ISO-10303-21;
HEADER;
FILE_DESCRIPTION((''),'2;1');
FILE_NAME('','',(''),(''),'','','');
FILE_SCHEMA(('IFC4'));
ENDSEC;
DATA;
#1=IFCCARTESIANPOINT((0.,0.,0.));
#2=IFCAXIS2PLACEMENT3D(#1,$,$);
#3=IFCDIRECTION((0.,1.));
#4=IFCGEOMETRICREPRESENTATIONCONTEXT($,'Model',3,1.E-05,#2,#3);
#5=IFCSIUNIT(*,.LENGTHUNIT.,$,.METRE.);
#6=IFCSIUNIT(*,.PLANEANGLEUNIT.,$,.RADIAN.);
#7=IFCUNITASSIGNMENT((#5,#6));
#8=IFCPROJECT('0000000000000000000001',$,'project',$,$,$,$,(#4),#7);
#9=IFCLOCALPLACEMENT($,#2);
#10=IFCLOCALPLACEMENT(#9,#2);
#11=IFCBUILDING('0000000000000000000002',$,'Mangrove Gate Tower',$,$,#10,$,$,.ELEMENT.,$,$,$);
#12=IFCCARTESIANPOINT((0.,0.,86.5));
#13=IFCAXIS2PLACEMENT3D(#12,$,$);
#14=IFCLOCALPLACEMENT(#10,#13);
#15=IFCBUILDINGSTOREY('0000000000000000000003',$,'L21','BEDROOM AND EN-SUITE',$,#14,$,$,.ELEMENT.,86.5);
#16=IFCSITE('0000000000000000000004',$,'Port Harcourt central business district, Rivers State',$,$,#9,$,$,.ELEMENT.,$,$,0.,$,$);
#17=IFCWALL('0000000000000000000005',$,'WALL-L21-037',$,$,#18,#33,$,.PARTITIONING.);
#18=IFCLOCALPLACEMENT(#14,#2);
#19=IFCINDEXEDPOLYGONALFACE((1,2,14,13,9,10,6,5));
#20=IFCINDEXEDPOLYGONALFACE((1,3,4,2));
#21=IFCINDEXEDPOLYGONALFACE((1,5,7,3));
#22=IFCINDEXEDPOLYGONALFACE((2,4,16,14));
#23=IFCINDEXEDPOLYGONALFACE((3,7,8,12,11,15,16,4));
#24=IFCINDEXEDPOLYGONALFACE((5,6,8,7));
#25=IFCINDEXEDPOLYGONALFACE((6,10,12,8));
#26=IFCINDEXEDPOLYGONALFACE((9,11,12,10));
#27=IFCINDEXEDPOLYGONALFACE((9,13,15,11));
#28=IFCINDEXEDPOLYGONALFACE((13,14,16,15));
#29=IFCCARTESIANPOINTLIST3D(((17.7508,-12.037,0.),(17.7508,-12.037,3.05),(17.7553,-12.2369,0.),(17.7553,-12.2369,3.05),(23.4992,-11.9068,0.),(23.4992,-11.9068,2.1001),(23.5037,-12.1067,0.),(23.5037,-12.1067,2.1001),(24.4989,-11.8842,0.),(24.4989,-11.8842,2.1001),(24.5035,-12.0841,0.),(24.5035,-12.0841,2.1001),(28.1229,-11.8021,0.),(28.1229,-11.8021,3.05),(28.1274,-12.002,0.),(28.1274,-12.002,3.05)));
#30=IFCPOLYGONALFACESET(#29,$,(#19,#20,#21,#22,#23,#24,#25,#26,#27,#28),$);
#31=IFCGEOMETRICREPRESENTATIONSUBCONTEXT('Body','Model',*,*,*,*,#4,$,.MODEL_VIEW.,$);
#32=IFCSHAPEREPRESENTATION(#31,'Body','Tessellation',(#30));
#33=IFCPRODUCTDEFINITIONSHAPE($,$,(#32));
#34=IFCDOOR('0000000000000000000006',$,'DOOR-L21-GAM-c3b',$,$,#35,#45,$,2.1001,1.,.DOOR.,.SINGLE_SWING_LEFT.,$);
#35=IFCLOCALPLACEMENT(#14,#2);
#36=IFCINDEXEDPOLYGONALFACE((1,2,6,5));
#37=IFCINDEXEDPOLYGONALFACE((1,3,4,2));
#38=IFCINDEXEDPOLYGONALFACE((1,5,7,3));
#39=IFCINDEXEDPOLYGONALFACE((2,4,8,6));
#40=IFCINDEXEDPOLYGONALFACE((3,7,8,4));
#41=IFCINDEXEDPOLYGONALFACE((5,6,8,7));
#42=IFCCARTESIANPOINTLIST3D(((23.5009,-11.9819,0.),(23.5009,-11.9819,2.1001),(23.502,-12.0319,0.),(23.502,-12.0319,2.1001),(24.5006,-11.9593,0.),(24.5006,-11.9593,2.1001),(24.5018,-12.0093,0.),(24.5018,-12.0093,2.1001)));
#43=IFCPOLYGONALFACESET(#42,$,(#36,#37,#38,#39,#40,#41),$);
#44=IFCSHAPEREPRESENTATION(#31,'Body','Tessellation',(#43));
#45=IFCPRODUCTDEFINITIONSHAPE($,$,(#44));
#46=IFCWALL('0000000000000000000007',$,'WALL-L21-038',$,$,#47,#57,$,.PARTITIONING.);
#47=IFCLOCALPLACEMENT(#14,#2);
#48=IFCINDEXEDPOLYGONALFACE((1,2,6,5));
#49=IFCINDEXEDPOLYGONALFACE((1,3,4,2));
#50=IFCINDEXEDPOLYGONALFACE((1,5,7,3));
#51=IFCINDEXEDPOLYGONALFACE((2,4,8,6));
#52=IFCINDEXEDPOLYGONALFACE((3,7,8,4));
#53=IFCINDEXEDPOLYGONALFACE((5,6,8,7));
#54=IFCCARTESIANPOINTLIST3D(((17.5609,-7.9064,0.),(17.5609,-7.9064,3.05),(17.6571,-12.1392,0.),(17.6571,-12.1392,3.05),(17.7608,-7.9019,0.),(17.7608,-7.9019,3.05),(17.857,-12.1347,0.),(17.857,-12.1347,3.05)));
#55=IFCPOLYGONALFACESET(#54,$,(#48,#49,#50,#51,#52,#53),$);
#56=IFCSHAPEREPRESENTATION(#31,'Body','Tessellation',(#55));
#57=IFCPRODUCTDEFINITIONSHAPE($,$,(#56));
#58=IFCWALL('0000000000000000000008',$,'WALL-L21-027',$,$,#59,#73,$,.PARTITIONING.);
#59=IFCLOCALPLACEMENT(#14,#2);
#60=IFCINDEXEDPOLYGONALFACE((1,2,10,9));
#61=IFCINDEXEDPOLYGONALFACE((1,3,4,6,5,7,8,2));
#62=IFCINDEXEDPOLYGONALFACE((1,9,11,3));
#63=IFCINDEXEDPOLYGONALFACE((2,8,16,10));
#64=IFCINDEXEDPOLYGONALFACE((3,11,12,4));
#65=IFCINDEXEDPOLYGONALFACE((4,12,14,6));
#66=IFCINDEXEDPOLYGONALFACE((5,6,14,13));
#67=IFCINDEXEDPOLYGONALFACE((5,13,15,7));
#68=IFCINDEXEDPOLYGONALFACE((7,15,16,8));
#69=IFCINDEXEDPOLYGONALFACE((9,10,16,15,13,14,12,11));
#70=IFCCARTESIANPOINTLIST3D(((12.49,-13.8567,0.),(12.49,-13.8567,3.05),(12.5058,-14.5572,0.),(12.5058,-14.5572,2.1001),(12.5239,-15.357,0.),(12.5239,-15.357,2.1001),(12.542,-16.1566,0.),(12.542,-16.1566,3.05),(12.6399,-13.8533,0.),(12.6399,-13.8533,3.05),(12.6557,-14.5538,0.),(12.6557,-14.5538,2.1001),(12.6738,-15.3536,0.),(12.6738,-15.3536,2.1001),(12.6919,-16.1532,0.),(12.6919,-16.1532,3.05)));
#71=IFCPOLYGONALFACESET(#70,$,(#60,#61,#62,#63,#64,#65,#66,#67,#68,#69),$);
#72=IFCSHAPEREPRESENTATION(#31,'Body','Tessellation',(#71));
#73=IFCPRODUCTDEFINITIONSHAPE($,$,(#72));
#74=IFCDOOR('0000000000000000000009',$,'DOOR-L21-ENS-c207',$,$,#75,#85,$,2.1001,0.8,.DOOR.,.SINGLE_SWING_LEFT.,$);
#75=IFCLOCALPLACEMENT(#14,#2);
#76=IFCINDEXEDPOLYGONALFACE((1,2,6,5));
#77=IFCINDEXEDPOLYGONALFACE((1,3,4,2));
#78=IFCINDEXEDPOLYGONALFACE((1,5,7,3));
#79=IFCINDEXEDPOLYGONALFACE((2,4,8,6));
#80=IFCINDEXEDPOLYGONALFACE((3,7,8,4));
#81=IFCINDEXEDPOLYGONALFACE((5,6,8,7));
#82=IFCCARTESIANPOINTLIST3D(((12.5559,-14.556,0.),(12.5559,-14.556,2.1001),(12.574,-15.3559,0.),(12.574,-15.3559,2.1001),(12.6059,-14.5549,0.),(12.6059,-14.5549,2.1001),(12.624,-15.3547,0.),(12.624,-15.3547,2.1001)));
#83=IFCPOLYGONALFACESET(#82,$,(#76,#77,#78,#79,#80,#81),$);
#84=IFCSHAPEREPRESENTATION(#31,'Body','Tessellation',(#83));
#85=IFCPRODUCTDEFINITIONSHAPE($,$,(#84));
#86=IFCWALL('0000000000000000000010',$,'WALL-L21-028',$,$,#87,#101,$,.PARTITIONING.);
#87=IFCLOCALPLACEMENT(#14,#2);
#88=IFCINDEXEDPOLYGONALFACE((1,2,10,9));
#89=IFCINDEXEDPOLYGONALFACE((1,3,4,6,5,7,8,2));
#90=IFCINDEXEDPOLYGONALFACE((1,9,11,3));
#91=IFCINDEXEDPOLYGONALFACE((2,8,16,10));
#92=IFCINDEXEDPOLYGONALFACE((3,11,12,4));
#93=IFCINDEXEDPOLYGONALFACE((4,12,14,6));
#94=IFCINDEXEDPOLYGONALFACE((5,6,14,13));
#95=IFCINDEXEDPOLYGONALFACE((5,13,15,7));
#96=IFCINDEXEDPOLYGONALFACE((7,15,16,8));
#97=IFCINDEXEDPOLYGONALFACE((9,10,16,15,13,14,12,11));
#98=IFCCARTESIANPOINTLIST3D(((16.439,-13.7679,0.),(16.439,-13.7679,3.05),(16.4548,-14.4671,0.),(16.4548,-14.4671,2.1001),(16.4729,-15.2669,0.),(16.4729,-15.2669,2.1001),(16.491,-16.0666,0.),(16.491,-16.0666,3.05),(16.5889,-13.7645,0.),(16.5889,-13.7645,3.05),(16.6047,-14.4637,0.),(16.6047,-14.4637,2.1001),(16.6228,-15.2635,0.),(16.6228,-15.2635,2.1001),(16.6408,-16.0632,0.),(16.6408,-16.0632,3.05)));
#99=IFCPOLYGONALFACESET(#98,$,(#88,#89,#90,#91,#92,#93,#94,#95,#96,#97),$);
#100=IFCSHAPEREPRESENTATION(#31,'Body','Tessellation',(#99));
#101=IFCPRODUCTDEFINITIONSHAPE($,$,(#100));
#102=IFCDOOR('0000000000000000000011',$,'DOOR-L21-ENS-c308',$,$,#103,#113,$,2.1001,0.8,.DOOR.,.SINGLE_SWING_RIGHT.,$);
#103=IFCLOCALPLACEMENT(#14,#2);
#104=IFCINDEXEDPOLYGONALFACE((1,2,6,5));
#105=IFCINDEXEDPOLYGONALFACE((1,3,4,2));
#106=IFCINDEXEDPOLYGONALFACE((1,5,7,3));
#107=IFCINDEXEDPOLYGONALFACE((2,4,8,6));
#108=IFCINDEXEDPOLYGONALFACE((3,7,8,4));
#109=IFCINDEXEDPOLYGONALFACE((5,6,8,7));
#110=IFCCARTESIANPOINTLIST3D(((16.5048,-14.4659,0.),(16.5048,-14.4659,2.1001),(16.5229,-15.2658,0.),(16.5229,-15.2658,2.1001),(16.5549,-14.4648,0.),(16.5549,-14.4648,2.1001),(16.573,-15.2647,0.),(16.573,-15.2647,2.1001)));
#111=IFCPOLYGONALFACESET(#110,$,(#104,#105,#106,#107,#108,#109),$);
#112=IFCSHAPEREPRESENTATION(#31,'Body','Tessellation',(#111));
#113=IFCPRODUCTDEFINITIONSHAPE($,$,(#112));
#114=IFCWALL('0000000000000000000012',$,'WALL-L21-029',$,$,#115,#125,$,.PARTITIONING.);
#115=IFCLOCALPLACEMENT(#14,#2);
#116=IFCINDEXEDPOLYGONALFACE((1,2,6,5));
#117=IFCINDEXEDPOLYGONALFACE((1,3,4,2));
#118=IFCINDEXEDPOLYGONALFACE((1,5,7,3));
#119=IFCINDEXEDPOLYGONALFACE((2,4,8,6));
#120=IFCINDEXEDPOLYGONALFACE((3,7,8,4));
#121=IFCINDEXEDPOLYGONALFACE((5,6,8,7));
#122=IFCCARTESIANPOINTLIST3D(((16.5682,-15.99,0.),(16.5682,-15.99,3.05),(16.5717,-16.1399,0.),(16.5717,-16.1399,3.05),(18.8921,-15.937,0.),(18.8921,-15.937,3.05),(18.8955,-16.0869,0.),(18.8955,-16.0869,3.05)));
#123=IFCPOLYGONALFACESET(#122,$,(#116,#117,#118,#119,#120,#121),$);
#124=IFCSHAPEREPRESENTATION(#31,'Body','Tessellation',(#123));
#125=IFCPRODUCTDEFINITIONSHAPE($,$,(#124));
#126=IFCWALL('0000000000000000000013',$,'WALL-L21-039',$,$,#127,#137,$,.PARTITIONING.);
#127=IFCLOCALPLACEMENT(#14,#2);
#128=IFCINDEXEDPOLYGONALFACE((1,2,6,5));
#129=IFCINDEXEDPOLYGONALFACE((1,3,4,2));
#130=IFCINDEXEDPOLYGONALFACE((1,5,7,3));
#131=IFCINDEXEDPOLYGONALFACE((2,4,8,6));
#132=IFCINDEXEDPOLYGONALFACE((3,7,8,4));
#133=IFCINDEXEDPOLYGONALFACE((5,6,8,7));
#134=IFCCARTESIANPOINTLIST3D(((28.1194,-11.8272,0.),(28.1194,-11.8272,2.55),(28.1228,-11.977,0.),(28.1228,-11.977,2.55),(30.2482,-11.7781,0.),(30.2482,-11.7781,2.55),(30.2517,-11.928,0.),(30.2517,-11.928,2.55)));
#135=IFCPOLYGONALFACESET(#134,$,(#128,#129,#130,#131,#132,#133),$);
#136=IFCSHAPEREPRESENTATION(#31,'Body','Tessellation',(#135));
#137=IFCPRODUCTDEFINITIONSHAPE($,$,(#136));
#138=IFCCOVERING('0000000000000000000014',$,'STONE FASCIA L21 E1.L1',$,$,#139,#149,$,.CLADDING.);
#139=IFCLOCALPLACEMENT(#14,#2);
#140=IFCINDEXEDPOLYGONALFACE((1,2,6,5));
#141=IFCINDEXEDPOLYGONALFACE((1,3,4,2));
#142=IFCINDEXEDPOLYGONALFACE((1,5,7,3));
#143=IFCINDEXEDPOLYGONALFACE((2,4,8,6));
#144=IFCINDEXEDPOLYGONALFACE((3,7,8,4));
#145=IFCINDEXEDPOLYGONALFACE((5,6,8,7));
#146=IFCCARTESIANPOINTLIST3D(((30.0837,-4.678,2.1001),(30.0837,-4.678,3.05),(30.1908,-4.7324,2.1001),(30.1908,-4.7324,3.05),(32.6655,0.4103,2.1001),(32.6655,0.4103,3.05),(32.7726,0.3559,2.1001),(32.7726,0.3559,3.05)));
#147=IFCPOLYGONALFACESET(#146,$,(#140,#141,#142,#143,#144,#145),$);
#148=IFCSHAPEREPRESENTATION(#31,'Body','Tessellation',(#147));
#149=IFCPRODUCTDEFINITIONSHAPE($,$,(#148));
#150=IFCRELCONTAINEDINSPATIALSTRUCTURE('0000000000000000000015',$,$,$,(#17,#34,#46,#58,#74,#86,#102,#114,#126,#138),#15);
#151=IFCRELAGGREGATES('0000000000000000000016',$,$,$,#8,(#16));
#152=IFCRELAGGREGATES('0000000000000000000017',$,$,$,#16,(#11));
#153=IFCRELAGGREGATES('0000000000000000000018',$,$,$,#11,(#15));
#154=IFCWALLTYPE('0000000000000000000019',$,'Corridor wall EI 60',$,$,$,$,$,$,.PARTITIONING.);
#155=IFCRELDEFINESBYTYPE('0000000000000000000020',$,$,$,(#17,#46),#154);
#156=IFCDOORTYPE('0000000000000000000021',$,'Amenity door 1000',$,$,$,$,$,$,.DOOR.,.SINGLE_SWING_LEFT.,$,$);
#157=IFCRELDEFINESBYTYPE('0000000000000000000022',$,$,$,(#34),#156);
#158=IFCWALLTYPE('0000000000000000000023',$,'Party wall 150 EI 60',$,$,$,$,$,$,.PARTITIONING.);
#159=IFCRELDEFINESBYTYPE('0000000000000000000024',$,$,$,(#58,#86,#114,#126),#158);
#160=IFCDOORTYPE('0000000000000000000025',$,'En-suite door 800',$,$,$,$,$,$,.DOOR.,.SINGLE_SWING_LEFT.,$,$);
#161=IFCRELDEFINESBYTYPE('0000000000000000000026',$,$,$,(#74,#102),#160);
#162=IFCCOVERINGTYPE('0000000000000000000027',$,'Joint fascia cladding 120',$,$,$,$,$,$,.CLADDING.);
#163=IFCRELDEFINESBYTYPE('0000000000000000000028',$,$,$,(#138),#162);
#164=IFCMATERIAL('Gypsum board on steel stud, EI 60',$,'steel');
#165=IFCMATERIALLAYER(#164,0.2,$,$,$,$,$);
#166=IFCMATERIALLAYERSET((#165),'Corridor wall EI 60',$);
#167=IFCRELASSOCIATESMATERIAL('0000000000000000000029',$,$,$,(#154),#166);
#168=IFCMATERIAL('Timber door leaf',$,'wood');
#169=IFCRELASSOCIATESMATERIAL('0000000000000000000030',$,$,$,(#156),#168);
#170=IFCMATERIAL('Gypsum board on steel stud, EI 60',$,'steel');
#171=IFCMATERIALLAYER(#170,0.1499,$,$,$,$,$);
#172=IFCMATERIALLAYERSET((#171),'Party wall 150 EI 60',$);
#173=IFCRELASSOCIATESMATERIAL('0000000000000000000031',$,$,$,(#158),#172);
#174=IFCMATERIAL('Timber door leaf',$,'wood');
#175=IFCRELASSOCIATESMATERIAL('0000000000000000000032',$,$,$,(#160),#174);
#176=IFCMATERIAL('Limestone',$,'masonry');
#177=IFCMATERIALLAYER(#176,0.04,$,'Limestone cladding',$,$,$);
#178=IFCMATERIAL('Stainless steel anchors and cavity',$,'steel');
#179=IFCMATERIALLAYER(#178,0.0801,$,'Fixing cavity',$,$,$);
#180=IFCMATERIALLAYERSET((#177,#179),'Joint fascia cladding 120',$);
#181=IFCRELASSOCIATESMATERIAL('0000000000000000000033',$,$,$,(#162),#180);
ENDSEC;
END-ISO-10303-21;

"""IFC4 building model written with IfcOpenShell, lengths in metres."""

from ifc_helpers import new_model, si_unit, direction, frame, frame_2d, origin, place, context, subcontext, project, spatial, rectangle, extrude, material, layer, layer_set, type_object, element, fill, save


model = new_model("IFC4")

# Units and contexts
model_context = context("Model", 3, precision=1e-05, world=origin(), true_north=direction((0.0, 1.0)))
body_context = subcontext(model_context, "Body", "Model", "MODEL_VIEW")
ifc_project = project(units=[si_unit("LENGTHUNIT", "METRE"), si_unit("PLANEANGLEUNIT", "RADIAN")], contexts=[model_context])

# Site, building, storey
site_placement = place(None, origin())
site = spatial("IfcSite", under=ifc_project, at=site_placement, Name="Port Harcourt central business district, Rivers State", CompositionType="ELEMENT", RefElevation=0.0)
building_placement = place(site_placement, origin())
building = spatial("IfcBuilding", under=site, at=building_placement, Name="Mangrove Gate Tower", CompositionType="ELEMENT")
storey_placement = place(building_placement, frame((0.0, 0.0, 86.5)))
storey = spatial("IfcBuildingStorey", under=building, at=storey_placement, Name="L21", Description="BEDROOM AND EN-SUITE", CompositionType="ELEMENT", Elevation=86.5)

# Shared definitions
ifc_material_1 = material(Name="Gypsum board on steel stud, EI 60", Category="steel")
ifc_layer_1 = layer(ifc_material_1, 0.2)
ifc_layer_set_1 = layer_set([ifc_layer_1], Name="Corridor wall EI 60")
wall_type_1 = type_object("IfcWallType", Name="Corridor wall EI 60", PredefinedType="PARTITIONING", material=ifc_layer_set_1)

# Wall, opening, door
wall_1_placement = place(storey_placement, frame((17.7529, -12.137, 0.0), z_axis=(0.0, 0.0, 1.0), x_axis=(0.999744, 0.022638, 0.0)))
wall_1 = element("IfcWall", 1, at=wall_1_placement, inside=storey, type_object=wall_type_1, Name="WALL-L21-037", PredefinedType="PARTITIONING", context=body_context, shape_type="SweptSolid", body=[
    extrude(rectangle(XDim=10.3748, YDim=0.2, at=frame_2d((5.1875, 0.0))), origin(), (0.0, 0.0, 1.0), 3.05),
])
opening_1_placement = place(wall_1_placement, frame((5.75, 0.0, 0.0)))
opening_1 = element("IfcOpeningElement", 2, at=opening_1_placement, cuts=wall_1, PredefinedType="OPENING", context=body_context, shape_type="SweptSolid", body=[
    extrude(rectangle(XDim=1.0, YDim=2.1001, at=frame_2d((0.5, 1.05))), frame((0.0, 0.1099, 0.0), z_axis=(0.0, -1.0, 0.0), x_axis=(1.0, 0.0, 0.0)), (0.0, 0.0, 1.0), 0.22),
])
ifc_material_2 = material(Name="Timber door leaf", Category="wood")
door_type_1 = type_object("IfcDoorType", Name="Amenity door 1000", OperationType="SINGLE_SWING_LEFT", PredefinedType="DOOR", material=ifc_material_2)
door_1_placement = place(opening_1_placement, origin())
door_1 = element("IfcDoor", 3, at=door_1_placement, inside=storey, type_object=door_type_1, Name="DOOR-L21-GAM-c3b", OperationType="SINGLE_SWING_LEFT", OverallHeight=2.1001, OverallWidth=1.0, PredefinedType="DOOR", context=body_context, shape_type="SweptSolid", body=[
    extrude(rectangle(XDim=1.0, YDim=2.1001, at=frame_2d((0.5, 1.05))), frame((0.0, 0.0249, 0.0), z_axis=(0.0, -1.0, 0.0), x_axis=(1.0, 0.0, 0.0)), (0.0, 0.0, 1.0), 0.05),
])
fill(opening_1, door_1)

# Wall
wall_2_placement = place(storey_placement, frame((17.7571, -12.137, 0.0), z_axis=(0.0, 0.0, 1.0), x_axis=(-0.022719, 0.999742, 0.0)))
element("IfcWall", 4, at=wall_2_placement, inside=storey, type_object=wall_type_1, Name="WALL-L21-038", PredefinedType="PARTITIONING", context=body_context, shape_type="SweptSolid", body=[
    extrude(rectangle(XDim=4.2339, YDim=0.2, at=frame_2d((2.1169, 0.0))), origin(), (0.0, 0.0, 1.0), 3.05),
])

# Walls, openings, doors
ifc_material_3 = material(Name="Gypsum board on steel stud, EI 60", Category="steel")
ifc_layer_2 = layer(ifc_material_3, 0.1499)
ifc_layer_set_2 = layer_set([ifc_layer_2], Name="Party wall 150 EI 60")
wall_type_2 = type_object("IfcWallType", Name="Party wall 150 EI 60", PredefinedType="PARTITIONING", material=ifc_layer_set_2)
wall_3_placement = place(storey_placement, frame((12.6169, -16.155, 0.0), z_axis=(0.0, 0.0, 1.0), x_axis=(-0.022603, 0.999745, 0.0)))
wall_3 = element("IfcWall", 5, at=wall_3_placement, inside=storey, type_object=wall_type_2, Name="WALL-L21-027", PredefinedType="PARTITIONING", context=body_context, shape_type="SweptSolid", body=[
    extrude(rectangle(XDim=2.3005, YDim=0.1499, at=frame_2d((1.1504, 0.0))), origin(), (0.0, 0.0, 1.0), 3.05),
])
opening_2_placement = place(wall_3_placement, frame((0.8, 0.0, 0.0)))
opening_2 = element("IfcOpeningElement", 6, at=opening_2_placement, cuts=wall_3, PredefinedType="OPENING", context=body_context, shape_type="SweptSolid", body=[
    extrude(rectangle(XDim=0.8, YDim=2.1001, at=frame_2d((0.3999, 1.05))), frame((0.0, 0.085, 0.0), z_axis=(0.0, -1.0, 0.0), x_axis=(1.0, 0.0, 0.0)), (0.0, 0.0, 1.0), 0.1699),
])
ifc_material_4 = material(Name="Timber door leaf", Category="wood")
door_type_2 = type_object("IfcDoorType", Name="En-suite door 800", OperationType="SINGLE_SWING_LEFT", PredefinedType="DOOR", material=ifc_material_4)
door_2_placement = place(opening_2_placement, origin())
door_2 = element("IfcDoor", 7, at=door_2_placement, inside=storey, type_object=door_type_2, Name="DOOR-L21-ENS-c207", OperationType="SINGLE_SWING_LEFT", OverallHeight=2.1001, OverallWidth=0.8, PredefinedType="DOOR", context=body_context, shape_type="SweptSolid", body=[
    extrude(rectangle(XDim=0.8, YDim=2.1001, at=frame_2d((0.3999, 1.05))), frame((0.0, 0.0249, 0.0), z_axis=(0.0, -1.0, 0.0), x_axis=(1.0, 0.0, 0.0)), (0.0, 0.0, 1.0), 0.05),
])
fill(opening_2, door_2)
wall_4_placement = place(storey_placement, frame((16.5659, -16.0649, 0.0), z_axis=(0.0, 0.0, 1.0), x_axis=(-0.022615, 0.999744, 0.0)))
wall_4 = element("IfcWall", 8, at=wall_4_placement, inside=storey, type_object=wall_type_2, Name="WALL-L21-028", PredefinedType="PARTITIONING", context=body_context, shape_type="SweptSolid", body=[
    extrude(rectangle(XDim=2.2993, YDim=0.1499, at=frame_2d((1.1497, 0.0))), origin(), (0.0, 0.0, 1.0), 3.05),
])
opening_3_placement = place(wall_4_placement, frame((0.8, 0.0, 0.0)))
opening_3 = element("IfcOpeningElement", 9, at=opening_3_placement, cuts=wall_4, PredefinedType="OPENING", context=body_context, shape_type="SweptSolid", body=[
    extrude(rectangle(XDim=0.8, YDim=2.1001, at=frame_2d((0.3999, 1.05))), frame((0.0, 0.085, 0.0), z_axis=(0.0, -1.0, 0.0), x_axis=(1.0, 0.0, 0.0)), (0.0, 0.0, 1.0), 0.1699),
])
door_3_placement = place(opening_3_placement, origin())
door_3 = element("IfcDoor", 10, at=door_3_placement, inside=storey, type_object=door_type_2, Name="DOOR-L21-ENS-c308", OperationType="SINGLE_SWING_RIGHT", OverallHeight=2.1001, OverallWidth=0.8, PredefinedType="DOOR", context=body_context, shape_type="SweptSolid", body=[
    extrude(rectangle(XDim=0.8, YDim=2.1001, at=frame_2d((0.3999, 1.05))), frame((0.0, 0.0249, 0.0), z_axis=(0.0, -1.0, 0.0), x_axis=(1.0, 0.0, 0.0)), (0.0, 0.0, 1.0), 0.05),
])
fill(opening_3, door_3)

# Walls
wall_5_placement = place(storey_placement, frame((16.5701, -16.0649, 0.0), z_axis=(0.0, 0.0, 1.0), x_axis=(0.99974, 0.022791, 0.0)))
element("IfcWall", 11, at=wall_5_placement, inside=storey, type_object=wall_type_2, Name="WALL-L21-029", PredefinedType="PARTITIONING", context=body_context, shape_type="SweptSolid", body=[
    extrude(rectangle(XDim=2.3245, YDim=0.1499, at=frame_2d((1.1621, 0.0))), origin(), (0.0, 0.0, 1.0), 3.05),
])
wall_6_placement = place(storey_placement, frame((28.1211, -11.9021, 0.0), z_axis=(0.0, 0.0, 1.0), x_axis=(0.999734, 0.023044, 0.0)))
element("IfcWall", 12, at=wall_6_placement, inside=storey, type_object=wall_type_2, Name="WALL-L21-039", PredefinedType="PARTITIONING", context=body_context, shape_type="SweptSolid", body=[
    extrude(rectangle(XDim=2.1294, YDim=0.1499, at=frame_2d((1.0647, 0.0))), origin(), (0.0, 0.0, 1.0), 2.55),
])

# Covering
ifc_material_5 = material(Name="Limestone", Category="masonry")
ifc_layer_3 = layer(ifc_material_5, 0.04, Name="Limestone cladding")
ifc_material_6 = material(Name="Stainless steel anchors and cavity", Category="steel")
ifc_layer_4 = layer(ifc_material_6, 0.0801, Name="Fixing cavity")
ifc_layer_set_3 = layer_set([ifc_layer_3, ifc_layer_4], Name="Joint fascia cladding 120")
covering_type = type_object("IfcCoveringType", Name="Joint fascia cladding 120", PredefinedType="CLADDING", material=ifc_layer_set_3)
covering_placement = place(storey_placement, frame((30.1372, -4.7053, 2.1001), z_axis=(0.0, 0.0, 1.0), x_axis=(0.452477, 0.891776, 0.0)))
element("IfcCovering", 13, at=covering_placement, inside=storey, type_object=covering_type, Name="STONE FASCIA L21 E1.L1", PredefinedType="CLADDING", context=body_context, shape_type="SweptSolid", body=[
    extrude(rectangle(XDim=5.7058, YDim=0.1201, at=frame_2d((2.853, 0.0))), origin(), (0.0, 0.0, 1.0), 0.95),
])

save(model, "model.ifc")
